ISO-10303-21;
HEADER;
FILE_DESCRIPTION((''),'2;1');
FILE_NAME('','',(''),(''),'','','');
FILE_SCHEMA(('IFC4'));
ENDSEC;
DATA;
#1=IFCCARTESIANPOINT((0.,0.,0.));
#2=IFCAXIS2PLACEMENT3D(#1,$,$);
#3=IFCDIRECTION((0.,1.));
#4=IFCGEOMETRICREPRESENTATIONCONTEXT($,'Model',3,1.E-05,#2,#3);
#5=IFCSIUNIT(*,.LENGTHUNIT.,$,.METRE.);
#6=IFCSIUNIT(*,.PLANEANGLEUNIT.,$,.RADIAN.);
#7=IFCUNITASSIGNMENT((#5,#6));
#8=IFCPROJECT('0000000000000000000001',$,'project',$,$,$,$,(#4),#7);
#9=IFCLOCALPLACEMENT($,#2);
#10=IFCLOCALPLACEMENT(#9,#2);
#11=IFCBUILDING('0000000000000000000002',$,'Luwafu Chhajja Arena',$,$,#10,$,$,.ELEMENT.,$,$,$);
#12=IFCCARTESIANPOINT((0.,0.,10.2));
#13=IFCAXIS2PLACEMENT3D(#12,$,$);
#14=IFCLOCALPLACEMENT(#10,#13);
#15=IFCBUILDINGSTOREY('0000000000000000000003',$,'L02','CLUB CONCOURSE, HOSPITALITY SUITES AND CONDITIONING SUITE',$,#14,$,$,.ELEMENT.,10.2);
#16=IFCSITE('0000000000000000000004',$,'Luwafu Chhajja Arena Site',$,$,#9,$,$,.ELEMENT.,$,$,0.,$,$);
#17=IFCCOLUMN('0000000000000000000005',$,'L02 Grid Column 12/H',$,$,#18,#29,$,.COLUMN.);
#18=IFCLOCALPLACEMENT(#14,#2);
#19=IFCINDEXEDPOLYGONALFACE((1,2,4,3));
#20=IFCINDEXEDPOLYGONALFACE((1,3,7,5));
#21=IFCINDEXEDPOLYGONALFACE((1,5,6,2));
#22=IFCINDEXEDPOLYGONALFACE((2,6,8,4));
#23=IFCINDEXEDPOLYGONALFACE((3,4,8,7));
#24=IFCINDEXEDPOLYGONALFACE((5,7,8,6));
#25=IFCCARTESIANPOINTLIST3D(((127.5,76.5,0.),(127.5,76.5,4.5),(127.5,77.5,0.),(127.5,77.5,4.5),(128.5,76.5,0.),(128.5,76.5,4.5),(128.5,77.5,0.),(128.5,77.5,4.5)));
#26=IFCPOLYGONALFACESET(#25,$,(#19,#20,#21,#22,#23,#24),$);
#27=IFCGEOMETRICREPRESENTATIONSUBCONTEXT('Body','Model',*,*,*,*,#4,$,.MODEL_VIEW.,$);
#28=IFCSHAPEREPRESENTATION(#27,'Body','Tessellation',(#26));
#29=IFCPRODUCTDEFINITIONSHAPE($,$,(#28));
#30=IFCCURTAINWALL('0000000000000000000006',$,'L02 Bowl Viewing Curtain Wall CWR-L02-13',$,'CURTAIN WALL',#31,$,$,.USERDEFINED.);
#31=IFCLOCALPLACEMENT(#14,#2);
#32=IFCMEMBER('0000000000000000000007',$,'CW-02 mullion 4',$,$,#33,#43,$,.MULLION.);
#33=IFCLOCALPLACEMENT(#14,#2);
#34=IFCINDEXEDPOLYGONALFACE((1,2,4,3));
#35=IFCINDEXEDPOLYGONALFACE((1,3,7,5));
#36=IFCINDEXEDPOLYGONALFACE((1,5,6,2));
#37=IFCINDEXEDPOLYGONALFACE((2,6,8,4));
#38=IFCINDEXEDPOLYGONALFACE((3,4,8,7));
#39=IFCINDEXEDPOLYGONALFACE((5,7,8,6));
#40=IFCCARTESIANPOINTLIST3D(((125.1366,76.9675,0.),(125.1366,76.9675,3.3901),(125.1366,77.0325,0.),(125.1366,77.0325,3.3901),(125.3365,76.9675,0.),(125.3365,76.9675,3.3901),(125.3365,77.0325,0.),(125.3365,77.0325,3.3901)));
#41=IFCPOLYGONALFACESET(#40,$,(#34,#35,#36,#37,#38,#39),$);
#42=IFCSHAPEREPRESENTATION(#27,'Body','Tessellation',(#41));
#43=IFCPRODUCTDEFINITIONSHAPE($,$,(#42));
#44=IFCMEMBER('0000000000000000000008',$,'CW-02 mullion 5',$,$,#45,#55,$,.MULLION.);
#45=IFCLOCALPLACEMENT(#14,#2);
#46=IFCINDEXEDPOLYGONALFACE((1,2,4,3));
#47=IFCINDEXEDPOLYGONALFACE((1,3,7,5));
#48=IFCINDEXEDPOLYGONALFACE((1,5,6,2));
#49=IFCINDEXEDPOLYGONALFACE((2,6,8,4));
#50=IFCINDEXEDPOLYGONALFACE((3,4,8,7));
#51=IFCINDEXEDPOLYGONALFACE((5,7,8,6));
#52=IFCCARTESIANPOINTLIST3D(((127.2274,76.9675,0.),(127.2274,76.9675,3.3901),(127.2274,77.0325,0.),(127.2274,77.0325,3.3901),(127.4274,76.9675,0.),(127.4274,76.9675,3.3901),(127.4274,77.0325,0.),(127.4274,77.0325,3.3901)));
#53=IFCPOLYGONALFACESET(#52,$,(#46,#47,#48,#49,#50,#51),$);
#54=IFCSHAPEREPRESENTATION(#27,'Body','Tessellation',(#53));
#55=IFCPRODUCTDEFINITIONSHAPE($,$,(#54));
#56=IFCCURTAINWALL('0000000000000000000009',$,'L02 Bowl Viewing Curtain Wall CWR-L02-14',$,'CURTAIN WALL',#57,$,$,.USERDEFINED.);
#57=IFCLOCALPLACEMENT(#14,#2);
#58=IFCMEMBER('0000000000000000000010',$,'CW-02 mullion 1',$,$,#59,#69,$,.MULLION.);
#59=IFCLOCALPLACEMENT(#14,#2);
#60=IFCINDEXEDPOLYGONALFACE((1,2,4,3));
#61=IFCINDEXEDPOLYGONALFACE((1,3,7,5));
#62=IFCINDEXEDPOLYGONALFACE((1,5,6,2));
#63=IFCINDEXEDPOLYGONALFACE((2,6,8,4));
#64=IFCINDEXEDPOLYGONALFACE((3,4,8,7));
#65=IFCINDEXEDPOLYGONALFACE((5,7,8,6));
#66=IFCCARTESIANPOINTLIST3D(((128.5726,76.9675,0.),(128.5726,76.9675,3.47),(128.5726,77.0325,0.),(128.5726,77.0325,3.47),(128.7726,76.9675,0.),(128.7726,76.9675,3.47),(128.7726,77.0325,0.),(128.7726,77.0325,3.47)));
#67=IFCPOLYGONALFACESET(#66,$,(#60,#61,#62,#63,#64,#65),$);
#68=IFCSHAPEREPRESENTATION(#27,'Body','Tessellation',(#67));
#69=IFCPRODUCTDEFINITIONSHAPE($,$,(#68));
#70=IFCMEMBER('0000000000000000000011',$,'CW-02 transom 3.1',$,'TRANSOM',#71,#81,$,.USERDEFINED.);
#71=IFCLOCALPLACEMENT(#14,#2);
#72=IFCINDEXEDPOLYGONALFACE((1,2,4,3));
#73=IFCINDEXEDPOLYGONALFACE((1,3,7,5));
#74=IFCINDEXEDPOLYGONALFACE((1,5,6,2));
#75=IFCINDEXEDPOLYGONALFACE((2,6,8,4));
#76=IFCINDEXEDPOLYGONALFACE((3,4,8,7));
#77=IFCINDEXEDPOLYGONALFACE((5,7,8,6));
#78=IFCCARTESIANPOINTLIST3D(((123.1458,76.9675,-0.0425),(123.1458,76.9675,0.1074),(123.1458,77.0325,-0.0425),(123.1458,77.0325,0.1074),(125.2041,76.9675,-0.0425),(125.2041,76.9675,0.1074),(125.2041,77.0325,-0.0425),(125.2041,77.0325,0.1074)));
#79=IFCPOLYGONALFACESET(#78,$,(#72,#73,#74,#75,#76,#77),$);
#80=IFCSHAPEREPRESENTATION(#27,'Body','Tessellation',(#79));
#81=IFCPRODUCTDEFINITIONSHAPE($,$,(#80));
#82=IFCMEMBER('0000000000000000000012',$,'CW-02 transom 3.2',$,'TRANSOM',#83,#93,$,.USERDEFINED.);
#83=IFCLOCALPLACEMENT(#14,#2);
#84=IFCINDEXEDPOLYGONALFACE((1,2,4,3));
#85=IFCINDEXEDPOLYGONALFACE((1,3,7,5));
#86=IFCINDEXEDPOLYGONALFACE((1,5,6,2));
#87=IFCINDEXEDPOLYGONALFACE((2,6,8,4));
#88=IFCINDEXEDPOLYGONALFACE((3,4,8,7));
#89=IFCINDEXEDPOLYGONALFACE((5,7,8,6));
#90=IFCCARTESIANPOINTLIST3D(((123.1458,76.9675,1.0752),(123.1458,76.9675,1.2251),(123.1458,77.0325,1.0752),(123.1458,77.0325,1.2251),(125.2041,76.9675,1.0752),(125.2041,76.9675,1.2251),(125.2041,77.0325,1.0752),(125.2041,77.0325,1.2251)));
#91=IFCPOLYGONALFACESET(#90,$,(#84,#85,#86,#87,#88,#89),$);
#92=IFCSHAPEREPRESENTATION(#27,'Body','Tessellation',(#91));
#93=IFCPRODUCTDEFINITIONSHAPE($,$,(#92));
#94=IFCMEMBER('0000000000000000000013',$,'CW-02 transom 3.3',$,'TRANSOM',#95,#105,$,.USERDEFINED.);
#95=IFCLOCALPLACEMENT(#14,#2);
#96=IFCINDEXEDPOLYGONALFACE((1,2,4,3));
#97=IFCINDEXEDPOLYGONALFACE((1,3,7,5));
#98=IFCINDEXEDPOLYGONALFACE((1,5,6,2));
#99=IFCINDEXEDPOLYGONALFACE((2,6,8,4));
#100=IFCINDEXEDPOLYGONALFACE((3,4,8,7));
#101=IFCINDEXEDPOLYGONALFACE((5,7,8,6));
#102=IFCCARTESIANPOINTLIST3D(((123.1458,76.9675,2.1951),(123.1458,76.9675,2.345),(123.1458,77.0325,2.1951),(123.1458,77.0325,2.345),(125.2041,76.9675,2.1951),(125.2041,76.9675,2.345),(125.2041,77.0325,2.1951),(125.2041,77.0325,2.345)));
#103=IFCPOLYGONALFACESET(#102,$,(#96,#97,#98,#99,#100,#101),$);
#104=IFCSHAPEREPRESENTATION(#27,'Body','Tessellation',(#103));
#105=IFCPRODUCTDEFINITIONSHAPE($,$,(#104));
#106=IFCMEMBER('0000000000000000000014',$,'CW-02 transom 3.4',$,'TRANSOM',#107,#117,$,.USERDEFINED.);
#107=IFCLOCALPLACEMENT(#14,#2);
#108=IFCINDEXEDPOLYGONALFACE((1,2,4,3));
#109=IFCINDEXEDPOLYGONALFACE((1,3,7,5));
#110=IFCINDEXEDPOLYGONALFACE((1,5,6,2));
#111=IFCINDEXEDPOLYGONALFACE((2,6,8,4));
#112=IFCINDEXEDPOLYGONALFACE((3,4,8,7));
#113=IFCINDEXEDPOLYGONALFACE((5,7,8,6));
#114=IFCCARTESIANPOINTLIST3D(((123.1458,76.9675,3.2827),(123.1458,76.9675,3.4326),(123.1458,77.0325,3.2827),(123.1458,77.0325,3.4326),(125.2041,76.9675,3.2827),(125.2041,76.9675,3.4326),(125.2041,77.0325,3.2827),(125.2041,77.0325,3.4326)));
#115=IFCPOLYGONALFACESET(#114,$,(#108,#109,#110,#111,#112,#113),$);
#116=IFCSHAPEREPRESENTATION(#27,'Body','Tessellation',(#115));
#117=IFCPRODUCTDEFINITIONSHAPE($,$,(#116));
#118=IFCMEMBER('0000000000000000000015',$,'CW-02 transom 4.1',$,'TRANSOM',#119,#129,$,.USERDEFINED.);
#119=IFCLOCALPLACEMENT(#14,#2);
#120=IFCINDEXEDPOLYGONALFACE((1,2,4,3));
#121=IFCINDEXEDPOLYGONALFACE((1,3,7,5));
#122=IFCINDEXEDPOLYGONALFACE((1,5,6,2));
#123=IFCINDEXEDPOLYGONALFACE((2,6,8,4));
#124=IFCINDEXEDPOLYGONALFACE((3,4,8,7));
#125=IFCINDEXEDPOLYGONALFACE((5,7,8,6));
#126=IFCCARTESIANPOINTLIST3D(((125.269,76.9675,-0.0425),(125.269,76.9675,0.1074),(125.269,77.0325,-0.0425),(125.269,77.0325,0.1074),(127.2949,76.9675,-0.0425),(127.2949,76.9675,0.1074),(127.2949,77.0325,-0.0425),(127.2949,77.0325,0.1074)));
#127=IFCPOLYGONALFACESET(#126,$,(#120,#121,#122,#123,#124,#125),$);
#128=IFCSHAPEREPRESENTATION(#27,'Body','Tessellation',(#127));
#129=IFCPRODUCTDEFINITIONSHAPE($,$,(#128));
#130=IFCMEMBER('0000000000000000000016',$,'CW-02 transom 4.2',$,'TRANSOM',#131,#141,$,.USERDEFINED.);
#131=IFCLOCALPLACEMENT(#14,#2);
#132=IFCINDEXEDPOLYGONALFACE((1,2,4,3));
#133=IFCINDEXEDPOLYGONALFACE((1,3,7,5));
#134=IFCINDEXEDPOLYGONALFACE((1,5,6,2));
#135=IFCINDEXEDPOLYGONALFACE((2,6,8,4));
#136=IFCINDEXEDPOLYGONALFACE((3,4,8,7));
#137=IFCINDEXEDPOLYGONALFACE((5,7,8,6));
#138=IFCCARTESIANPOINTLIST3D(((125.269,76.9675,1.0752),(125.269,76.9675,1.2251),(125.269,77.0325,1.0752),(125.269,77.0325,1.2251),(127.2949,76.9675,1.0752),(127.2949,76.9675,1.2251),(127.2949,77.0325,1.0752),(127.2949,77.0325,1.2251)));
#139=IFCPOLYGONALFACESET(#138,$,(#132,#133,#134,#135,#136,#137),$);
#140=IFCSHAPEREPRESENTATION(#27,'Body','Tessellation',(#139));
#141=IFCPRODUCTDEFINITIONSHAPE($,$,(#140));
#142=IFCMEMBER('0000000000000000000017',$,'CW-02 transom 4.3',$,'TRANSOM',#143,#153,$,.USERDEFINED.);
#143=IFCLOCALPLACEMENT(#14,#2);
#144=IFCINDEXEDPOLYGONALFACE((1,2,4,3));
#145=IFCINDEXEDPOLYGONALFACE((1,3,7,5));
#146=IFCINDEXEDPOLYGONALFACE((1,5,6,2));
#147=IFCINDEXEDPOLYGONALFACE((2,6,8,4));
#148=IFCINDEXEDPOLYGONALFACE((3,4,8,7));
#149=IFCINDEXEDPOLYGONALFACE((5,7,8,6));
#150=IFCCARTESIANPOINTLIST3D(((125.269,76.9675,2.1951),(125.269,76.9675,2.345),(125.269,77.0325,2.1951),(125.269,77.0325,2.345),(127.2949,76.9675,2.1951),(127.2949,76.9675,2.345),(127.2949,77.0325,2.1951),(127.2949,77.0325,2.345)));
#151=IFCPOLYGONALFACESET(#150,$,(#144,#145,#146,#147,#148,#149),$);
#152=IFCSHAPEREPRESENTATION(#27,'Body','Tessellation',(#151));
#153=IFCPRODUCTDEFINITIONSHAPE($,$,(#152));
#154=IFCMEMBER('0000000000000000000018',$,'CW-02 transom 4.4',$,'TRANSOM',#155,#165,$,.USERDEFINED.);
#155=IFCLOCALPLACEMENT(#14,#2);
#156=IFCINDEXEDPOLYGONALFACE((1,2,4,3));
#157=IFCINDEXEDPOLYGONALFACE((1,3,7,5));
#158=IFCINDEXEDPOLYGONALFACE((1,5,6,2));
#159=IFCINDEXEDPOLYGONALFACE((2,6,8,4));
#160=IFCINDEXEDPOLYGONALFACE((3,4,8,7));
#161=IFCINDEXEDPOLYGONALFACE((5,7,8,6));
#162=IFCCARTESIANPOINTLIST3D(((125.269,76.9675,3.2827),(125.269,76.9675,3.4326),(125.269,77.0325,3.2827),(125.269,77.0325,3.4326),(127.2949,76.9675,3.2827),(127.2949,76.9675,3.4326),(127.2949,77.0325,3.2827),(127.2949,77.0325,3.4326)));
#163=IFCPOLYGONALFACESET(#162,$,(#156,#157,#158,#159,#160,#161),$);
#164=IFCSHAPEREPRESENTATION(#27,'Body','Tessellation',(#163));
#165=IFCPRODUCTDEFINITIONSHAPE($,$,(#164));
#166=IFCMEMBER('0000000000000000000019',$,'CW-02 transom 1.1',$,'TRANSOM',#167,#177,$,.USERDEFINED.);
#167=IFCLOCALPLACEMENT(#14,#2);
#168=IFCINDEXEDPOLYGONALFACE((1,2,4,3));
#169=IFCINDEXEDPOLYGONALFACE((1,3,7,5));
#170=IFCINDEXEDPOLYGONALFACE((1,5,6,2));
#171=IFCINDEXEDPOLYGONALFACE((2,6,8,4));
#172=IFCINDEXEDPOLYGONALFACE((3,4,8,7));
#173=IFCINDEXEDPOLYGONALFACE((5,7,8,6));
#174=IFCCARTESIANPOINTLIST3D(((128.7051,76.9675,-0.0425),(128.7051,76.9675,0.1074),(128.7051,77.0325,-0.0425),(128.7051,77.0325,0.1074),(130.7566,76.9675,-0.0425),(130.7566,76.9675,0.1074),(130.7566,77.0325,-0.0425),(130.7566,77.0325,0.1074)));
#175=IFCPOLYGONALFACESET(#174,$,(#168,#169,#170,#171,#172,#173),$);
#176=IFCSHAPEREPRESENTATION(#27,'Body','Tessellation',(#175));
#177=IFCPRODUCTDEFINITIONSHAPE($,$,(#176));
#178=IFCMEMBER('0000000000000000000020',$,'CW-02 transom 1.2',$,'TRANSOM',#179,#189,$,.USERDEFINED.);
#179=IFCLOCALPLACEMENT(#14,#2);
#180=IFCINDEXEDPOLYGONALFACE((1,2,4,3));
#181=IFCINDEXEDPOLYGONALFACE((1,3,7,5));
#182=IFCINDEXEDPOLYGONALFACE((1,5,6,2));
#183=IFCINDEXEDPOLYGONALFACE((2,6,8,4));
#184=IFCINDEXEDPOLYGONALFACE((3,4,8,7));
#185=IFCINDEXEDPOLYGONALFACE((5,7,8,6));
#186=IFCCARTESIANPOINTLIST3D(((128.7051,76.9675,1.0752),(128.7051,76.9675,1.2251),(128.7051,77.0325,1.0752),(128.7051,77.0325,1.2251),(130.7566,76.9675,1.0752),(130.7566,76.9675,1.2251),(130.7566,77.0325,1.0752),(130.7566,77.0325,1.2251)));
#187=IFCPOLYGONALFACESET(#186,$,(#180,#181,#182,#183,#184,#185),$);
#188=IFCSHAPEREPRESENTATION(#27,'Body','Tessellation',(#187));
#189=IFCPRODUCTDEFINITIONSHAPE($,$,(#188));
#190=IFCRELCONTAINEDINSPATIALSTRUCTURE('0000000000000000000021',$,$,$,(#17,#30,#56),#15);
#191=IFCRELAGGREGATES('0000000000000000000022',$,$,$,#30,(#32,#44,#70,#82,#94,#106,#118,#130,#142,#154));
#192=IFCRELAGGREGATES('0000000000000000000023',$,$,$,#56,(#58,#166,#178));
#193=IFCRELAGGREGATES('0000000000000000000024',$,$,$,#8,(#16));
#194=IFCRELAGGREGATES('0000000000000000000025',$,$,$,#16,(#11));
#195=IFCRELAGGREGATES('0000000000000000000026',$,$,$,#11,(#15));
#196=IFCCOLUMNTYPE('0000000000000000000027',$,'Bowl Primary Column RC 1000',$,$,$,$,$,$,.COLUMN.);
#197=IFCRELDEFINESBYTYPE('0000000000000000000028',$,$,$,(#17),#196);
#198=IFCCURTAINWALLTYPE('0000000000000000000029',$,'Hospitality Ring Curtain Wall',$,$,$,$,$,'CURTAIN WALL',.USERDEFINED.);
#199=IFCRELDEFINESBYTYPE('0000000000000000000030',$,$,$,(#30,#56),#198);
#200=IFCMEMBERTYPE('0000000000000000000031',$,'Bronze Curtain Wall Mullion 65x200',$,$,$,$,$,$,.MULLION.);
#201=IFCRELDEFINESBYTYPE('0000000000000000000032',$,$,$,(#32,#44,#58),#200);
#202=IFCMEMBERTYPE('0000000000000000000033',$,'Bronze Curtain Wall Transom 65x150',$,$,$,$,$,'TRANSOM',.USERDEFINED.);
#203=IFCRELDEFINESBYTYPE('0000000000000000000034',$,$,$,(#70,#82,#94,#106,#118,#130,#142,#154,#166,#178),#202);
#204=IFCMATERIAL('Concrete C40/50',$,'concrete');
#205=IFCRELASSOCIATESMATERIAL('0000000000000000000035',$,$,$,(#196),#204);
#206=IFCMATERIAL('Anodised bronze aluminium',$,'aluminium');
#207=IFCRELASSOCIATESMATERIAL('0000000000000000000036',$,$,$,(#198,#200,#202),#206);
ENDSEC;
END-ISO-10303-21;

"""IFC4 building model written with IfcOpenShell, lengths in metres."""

from ifc_helpers import new_model, si_unit, direction, frame, origin, origin_2d, place, context, subcontext, project, spatial, rectangle, extrude, material, material_profile, profile_set, type_object, element, aggregate, save


model = new_model("IFC4")

# Units and contexts
model_context = context("Model", 3, precision=1e-05, world=origin(), true_north=direction((0.0, 1.0)))
body_context = subcontext(model_context, "Body", "Model", "MODEL_VIEW")
ifc_project = project(units=[si_unit("LENGTHUNIT", "METRE"), si_unit("PLANEANGLEUNIT", "RADIAN")], contexts=[model_context])

# Site, building, storey
site_placement = place(None, origin())
site = spatial("IfcSite", under=ifc_project, at=site_placement, Name="Luwafu Chhajja Arena Site", CompositionType="ELEMENT", RefElevation=0.0)
building_placement = place(site_placement, origin())
building = spatial("IfcBuilding", under=site, at=building_placement, Name="Luwafu Chhajja Arena", CompositionType="ELEMENT")
storey_placement = place(building_placement, frame((0.0, 0.0, 10.2)))
storey = spatial("IfcBuildingStorey", under=building, at=storey_placement, Name="L02", Description="CLUB CONCOURSE, HOSPITALITY SUITES AND CONDITIONING SUITE", CompositionType="ELEMENT", Elevation=10.2)

# Column
ifc_material_1 = material(Name="Concrete C40/50", Category="concrete")
ifc_material_profile_1 = material_profile(ifc_material_1, rectangle(XDim=1.0, YDim=1.0, at=origin_2d()), Name="RC 1000x1000")
ifc_profile_set_1 = profile_set([ifc_material_profile_1], Name="Concrete C40/50")
column_type = type_object("IfcColumnType", Name="Bowl Primary Column RC 1000", PredefinedType="COLUMN", material=ifc_profile_set_1)
column_placement = place(storey_placement, frame((128.0, 77.0, 0.0), z_axis=(0.0, 0.0, 1.0), x_axis=(1.0, 0.0, 0.0)))
element("IfcColumn", 1, at=column_placement, inside=storey, type_object=column_type, Name="L02 Grid Column 12/H", PredefinedType="COLUMN", context=body_context, shape_type="SweptSolid", body=[
    extrude(rectangle(XDim=1.0, YDim=1.0, at=origin_2d()), origin(), (0.0, 0.0, 1.0), 4.5),
])

# Curtain wall, members
ifc_material_2 = material(Name="Anodised bronze aluminium", Category="aluminium")
curtain_wall_type = type_object("IfcCurtainWallType", Name="Hospitality Ring Curtain Wall", ElementType="CURTAIN WALL", PredefinedType="USERDEFINED", material=ifc_material_2)
curtain_wall_1_placement = place(storey_placement, origin())
curtain_wall_1 = element("IfcCurtainWall", 2, at=curtain_wall_1_placement, inside=storey, type_object=curtain_wall_type, Name="L02 Bowl Viewing Curtain Wall CWR-L02-13", ObjectType="CURTAIN WALL", PredefinedType="USERDEFINED")
ifc_material_profile_2 = material_profile(ifc_material_2, rectangle(XDim=0.0649, YDim=0.2, at=origin_2d()), Name="CWM 65x200")
ifc_profile_set_2 = profile_set([ifc_material_profile_2], Name="Anodised bronze aluminium")
member_type_1 = type_object("IfcMemberType", Name="Bronze Curtain Wall Mullion 65x200", PredefinedType="MULLION", material=ifc_profile_set_2)
member_1_placement = place(storey_placement, frame((125.2366, 77.0, 0.0), z_axis=(0.0, 0.0, 1.0), x_axis=(0.0, 1.0, 0.0)))
member_1 = element("IfcMember", 3, at=member_1_placement, type_object=member_type_1, Name="CW-02 mullion 4", PredefinedType="MULLION", context=body_context, shape_type="SweptSolid", body=[
    extrude(rectangle(XDim=0.0649, YDim=0.2, at=origin_2d()), origin(), (0.0, 0.0, 1.0), 3.3901),
])
member_2_placement = place(storey_placement, frame((127.3274, 77.0, 0.0), z_axis=(0.0, 0.0, 1.0), x_axis=(0.0, 1.0, 0.0)))
member_2 = element("IfcMember", 4, at=member_2_placement, type_object=member_type_1, Name="CW-02 mullion 5", PredefinedType="MULLION", context=body_context, shape_type="SweptSolid", body=[
    extrude(rectangle(XDim=0.0649, YDim=0.2, at=origin_2d()), origin(), (0.0, 0.0, 1.0), 3.3901),
])

# Curtain wall, member
curtain_wall_2_placement = place(storey_placement, origin())
curtain_wall_2 = element("IfcCurtainWall", 5, at=curtain_wall_2_placement, inside=storey, type_object=curtain_wall_type, Name="L02 Bowl Viewing Curtain Wall CWR-L02-14", ObjectType="CURTAIN WALL", PredefinedType="USERDEFINED")
member_3_placement = place(storey_placement, frame((128.6726, 77.0, 0.0), z_axis=(0.0, 0.0, 1.0), x_axis=(0.0, 1.0, 0.0)))
member_3 = element("IfcMember", 6, at=member_3_placement, type_object=member_type_1, Name="CW-02 mullion 1", PredefinedType="MULLION", context=body_context, shape_type="SweptSolid", body=[
    extrude(rectangle(XDim=0.0649, YDim=0.2, at=origin_2d()), origin(), (0.0, 0.0, 1.0), 3.47),
])

# Members
ifc_material_profile_3 = material_profile(ifc_material_2, rectangle(XDim=0.0649, YDim=0.1499, at=origin_2d()), Name="CWT 65x150")
ifc_profile_set_3 = profile_set([ifc_material_profile_3], Name="Anodised bronze aluminium")
member_type_2 = type_object("IfcMemberType", Name="Bronze Curtain Wall Transom 65x150", ElementType="TRANSOM", PredefinedType="USERDEFINED", material=ifc_profile_set_3)
member_4_placement = place(storey_placement, frame((123.1458, 77.0, 0.0325), z_axis=(1.0, 0.0, 0.0), x_axis=(0.0, 1.0, 0.0)))
member_4 = element("IfcMember", 7, at=member_4_placement, type_object=member_type_2, Name="CW-02 transom 3.1", ObjectType="TRANSOM", PredefinedType="USERDEFINED", context=body_context, shape_type="SweptSolid", body=[
    extrude(rectangle(XDim=0.0649, YDim=0.1499, at=origin_2d()), origin(), (0.0, 0.0, 1.0), 2.0583),
])
member_5_placement = place(storey_placement, frame((123.1458, 77.0, 1.1501), z_axis=(1.0, 0.0, 0.0), x_axis=(0.0, 1.0, 0.0)))
member_5 = element("IfcMember", 8, at=member_5_placement, type_object=member_type_2, Name="CW-02 transom 3.2", ObjectType="TRANSOM", PredefinedType="USERDEFINED", context=body_context, shape_type="SweptSolid", body=[
    extrude(rectangle(XDim=0.0649, YDim=0.1499, at=origin_2d()), origin(), (0.0, 0.0, 1.0), 2.0583),
])
member_6_placement = place(storey_placement, frame((123.1458, 77.0, 2.27), z_axis=(1.0, 0.0, 0.0), x_axis=(0.0, 1.0, 0.0)))
member_6 = element("IfcMember", 9, at=member_6_placement, type_object=member_type_2, Name="CW-02 transom 3.3", ObjectType="TRANSOM", PredefinedType="USERDEFINED", context=body_context, shape_type="SweptSolid", body=[
    extrude(rectangle(XDim=0.0649, YDim=0.1499, at=origin_2d()), origin(), (0.0, 0.0, 1.0), 2.0583),
])
member_7_placement = place(storey_placement, frame((123.1458, 77.0, 3.3577), z_axis=(1.0, 0.0, 0.0), x_axis=(0.0, 1.0, 0.0)))
member_7 = element("IfcMember", 10, at=member_7_placement, type_object=member_type_2, Name="CW-02 transom 3.4", ObjectType="TRANSOM", PredefinedType="USERDEFINED", context=body_context, shape_type="SweptSolid", body=[
    extrude(rectangle(XDim=0.0649, YDim=0.1499, at=origin_2d()), origin(), (0.0, 0.0, 1.0), 2.0583),
])
member_8_placement = place(storey_placement, frame((125.269, 77.0, 0.0325), z_axis=(1.0, 0.0, 0.0), x_axis=(0.0, 1.0, 0.0)))
member_8 = element("IfcMember", 11, at=member_8_placement, type_object=member_type_2, Name="CW-02 transom 4.1", ObjectType="TRANSOM", PredefinedType="USERDEFINED", context=body_context, shape_type="SweptSolid", body=[
    extrude(rectangle(XDim=0.0649, YDim=0.1499, at=origin_2d()), origin(), (0.0, 0.0, 1.0), 2.0259),
])
member_9_placement = place(storey_placement, frame((125.269, 77.0, 1.1501), z_axis=(1.0, 0.0, 0.0), x_axis=(0.0, 1.0, 0.0)))
member_9 = element("IfcMember", 12, at=member_9_placement, type_object=member_type_2, Name="CW-02 transom 4.2", ObjectType="TRANSOM", PredefinedType="USERDEFINED", context=body_context, shape_type="SweptSolid", body=[
    extrude(rectangle(XDim=0.0649, YDim=0.1499, at=origin_2d()), origin(), (0.0, 0.0, 1.0), 2.0259),
])
member_10_placement = place(storey_placement, frame((125.269, 77.0, 2.27), z_axis=(1.0, 0.0, 0.0), x_axis=(0.0, 1.0, 0.0)))
member_10 = element("IfcMember", 13, at=member_10_placement, type_object=member_type_2, Name="CW-02 transom 4.3", ObjectType="TRANSOM", PredefinedType="USERDEFINED", context=body_context, shape_type="SweptSolid", body=[
    extrude(rectangle(XDim=0.0649, YDim=0.1499, at=origin_2d()), origin(), (0.0, 0.0, 1.0), 2.0259),
])
member_11_placement = place(storey_placement, frame((125.269, 77.0, 3.3577), z_axis=(1.0, 0.0, 0.0), x_axis=(0.0, 1.0, 0.0)))
member_11 = element("IfcMember", 14, at=member_11_placement, type_object=member_type_2, Name="CW-02 transom 4.4", ObjectType="TRANSOM", PredefinedType="USERDEFINED", context=body_context, shape_type="SweptSolid", body=[
    extrude(rectangle(XDim=0.0649, YDim=0.1499, at=origin_2d()), origin(), (0.0, 0.0, 1.0), 2.0259),
])
member_12_placement = place(storey_placement, frame((128.7051, 77.0, 0.0325), z_axis=(1.0, 0.0, 0.0), x_axis=(0.0, 1.0, 0.0)))
member_12 = element("IfcMember", 15, at=member_12_placement, type_object=member_type_2, Name="CW-02 transom 1.1", ObjectType="TRANSOM", PredefinedType="USERDEFINED", context=body_context, shape_type="SweptSolid", body=[
    extrude(rectangle(XDim=0.0649, YDim=0.1499, at=origin_2d()), origin(), (0.0, 0.0, 1.0), 2.0515),
])
member_13_placement = place(storey_placement, frame((128.7051, 77.0, 1.1501), z_axis=(1.0, 0.0, 0.0), x_axis=(0.0, 1.0, 0.0)))
member_13 = element("IfcMember", 16, at=member_13_placement, type_object=member_type_2, Name="CW-02 transom 1.2", ObjectType="TRANSOM", PredefinedType="USERDEFINED", context=body_context, shape_type="SweptSolid", body=[
    extrude(rectangle(XDim=0.0649, YDim=0.1499, at=origin_2d()), origin(), (0.0, 0.0, 1.0), 2.0515),
])

aggregate(curtain_wall_1, [member_1, member_2, member_4, member_5, member_6, member_7, member_8, member_9, member_10, member_11])
aggregate(curtain_wall_2, [member_3, member_12, member_13])

save(model, "model.ifc")
